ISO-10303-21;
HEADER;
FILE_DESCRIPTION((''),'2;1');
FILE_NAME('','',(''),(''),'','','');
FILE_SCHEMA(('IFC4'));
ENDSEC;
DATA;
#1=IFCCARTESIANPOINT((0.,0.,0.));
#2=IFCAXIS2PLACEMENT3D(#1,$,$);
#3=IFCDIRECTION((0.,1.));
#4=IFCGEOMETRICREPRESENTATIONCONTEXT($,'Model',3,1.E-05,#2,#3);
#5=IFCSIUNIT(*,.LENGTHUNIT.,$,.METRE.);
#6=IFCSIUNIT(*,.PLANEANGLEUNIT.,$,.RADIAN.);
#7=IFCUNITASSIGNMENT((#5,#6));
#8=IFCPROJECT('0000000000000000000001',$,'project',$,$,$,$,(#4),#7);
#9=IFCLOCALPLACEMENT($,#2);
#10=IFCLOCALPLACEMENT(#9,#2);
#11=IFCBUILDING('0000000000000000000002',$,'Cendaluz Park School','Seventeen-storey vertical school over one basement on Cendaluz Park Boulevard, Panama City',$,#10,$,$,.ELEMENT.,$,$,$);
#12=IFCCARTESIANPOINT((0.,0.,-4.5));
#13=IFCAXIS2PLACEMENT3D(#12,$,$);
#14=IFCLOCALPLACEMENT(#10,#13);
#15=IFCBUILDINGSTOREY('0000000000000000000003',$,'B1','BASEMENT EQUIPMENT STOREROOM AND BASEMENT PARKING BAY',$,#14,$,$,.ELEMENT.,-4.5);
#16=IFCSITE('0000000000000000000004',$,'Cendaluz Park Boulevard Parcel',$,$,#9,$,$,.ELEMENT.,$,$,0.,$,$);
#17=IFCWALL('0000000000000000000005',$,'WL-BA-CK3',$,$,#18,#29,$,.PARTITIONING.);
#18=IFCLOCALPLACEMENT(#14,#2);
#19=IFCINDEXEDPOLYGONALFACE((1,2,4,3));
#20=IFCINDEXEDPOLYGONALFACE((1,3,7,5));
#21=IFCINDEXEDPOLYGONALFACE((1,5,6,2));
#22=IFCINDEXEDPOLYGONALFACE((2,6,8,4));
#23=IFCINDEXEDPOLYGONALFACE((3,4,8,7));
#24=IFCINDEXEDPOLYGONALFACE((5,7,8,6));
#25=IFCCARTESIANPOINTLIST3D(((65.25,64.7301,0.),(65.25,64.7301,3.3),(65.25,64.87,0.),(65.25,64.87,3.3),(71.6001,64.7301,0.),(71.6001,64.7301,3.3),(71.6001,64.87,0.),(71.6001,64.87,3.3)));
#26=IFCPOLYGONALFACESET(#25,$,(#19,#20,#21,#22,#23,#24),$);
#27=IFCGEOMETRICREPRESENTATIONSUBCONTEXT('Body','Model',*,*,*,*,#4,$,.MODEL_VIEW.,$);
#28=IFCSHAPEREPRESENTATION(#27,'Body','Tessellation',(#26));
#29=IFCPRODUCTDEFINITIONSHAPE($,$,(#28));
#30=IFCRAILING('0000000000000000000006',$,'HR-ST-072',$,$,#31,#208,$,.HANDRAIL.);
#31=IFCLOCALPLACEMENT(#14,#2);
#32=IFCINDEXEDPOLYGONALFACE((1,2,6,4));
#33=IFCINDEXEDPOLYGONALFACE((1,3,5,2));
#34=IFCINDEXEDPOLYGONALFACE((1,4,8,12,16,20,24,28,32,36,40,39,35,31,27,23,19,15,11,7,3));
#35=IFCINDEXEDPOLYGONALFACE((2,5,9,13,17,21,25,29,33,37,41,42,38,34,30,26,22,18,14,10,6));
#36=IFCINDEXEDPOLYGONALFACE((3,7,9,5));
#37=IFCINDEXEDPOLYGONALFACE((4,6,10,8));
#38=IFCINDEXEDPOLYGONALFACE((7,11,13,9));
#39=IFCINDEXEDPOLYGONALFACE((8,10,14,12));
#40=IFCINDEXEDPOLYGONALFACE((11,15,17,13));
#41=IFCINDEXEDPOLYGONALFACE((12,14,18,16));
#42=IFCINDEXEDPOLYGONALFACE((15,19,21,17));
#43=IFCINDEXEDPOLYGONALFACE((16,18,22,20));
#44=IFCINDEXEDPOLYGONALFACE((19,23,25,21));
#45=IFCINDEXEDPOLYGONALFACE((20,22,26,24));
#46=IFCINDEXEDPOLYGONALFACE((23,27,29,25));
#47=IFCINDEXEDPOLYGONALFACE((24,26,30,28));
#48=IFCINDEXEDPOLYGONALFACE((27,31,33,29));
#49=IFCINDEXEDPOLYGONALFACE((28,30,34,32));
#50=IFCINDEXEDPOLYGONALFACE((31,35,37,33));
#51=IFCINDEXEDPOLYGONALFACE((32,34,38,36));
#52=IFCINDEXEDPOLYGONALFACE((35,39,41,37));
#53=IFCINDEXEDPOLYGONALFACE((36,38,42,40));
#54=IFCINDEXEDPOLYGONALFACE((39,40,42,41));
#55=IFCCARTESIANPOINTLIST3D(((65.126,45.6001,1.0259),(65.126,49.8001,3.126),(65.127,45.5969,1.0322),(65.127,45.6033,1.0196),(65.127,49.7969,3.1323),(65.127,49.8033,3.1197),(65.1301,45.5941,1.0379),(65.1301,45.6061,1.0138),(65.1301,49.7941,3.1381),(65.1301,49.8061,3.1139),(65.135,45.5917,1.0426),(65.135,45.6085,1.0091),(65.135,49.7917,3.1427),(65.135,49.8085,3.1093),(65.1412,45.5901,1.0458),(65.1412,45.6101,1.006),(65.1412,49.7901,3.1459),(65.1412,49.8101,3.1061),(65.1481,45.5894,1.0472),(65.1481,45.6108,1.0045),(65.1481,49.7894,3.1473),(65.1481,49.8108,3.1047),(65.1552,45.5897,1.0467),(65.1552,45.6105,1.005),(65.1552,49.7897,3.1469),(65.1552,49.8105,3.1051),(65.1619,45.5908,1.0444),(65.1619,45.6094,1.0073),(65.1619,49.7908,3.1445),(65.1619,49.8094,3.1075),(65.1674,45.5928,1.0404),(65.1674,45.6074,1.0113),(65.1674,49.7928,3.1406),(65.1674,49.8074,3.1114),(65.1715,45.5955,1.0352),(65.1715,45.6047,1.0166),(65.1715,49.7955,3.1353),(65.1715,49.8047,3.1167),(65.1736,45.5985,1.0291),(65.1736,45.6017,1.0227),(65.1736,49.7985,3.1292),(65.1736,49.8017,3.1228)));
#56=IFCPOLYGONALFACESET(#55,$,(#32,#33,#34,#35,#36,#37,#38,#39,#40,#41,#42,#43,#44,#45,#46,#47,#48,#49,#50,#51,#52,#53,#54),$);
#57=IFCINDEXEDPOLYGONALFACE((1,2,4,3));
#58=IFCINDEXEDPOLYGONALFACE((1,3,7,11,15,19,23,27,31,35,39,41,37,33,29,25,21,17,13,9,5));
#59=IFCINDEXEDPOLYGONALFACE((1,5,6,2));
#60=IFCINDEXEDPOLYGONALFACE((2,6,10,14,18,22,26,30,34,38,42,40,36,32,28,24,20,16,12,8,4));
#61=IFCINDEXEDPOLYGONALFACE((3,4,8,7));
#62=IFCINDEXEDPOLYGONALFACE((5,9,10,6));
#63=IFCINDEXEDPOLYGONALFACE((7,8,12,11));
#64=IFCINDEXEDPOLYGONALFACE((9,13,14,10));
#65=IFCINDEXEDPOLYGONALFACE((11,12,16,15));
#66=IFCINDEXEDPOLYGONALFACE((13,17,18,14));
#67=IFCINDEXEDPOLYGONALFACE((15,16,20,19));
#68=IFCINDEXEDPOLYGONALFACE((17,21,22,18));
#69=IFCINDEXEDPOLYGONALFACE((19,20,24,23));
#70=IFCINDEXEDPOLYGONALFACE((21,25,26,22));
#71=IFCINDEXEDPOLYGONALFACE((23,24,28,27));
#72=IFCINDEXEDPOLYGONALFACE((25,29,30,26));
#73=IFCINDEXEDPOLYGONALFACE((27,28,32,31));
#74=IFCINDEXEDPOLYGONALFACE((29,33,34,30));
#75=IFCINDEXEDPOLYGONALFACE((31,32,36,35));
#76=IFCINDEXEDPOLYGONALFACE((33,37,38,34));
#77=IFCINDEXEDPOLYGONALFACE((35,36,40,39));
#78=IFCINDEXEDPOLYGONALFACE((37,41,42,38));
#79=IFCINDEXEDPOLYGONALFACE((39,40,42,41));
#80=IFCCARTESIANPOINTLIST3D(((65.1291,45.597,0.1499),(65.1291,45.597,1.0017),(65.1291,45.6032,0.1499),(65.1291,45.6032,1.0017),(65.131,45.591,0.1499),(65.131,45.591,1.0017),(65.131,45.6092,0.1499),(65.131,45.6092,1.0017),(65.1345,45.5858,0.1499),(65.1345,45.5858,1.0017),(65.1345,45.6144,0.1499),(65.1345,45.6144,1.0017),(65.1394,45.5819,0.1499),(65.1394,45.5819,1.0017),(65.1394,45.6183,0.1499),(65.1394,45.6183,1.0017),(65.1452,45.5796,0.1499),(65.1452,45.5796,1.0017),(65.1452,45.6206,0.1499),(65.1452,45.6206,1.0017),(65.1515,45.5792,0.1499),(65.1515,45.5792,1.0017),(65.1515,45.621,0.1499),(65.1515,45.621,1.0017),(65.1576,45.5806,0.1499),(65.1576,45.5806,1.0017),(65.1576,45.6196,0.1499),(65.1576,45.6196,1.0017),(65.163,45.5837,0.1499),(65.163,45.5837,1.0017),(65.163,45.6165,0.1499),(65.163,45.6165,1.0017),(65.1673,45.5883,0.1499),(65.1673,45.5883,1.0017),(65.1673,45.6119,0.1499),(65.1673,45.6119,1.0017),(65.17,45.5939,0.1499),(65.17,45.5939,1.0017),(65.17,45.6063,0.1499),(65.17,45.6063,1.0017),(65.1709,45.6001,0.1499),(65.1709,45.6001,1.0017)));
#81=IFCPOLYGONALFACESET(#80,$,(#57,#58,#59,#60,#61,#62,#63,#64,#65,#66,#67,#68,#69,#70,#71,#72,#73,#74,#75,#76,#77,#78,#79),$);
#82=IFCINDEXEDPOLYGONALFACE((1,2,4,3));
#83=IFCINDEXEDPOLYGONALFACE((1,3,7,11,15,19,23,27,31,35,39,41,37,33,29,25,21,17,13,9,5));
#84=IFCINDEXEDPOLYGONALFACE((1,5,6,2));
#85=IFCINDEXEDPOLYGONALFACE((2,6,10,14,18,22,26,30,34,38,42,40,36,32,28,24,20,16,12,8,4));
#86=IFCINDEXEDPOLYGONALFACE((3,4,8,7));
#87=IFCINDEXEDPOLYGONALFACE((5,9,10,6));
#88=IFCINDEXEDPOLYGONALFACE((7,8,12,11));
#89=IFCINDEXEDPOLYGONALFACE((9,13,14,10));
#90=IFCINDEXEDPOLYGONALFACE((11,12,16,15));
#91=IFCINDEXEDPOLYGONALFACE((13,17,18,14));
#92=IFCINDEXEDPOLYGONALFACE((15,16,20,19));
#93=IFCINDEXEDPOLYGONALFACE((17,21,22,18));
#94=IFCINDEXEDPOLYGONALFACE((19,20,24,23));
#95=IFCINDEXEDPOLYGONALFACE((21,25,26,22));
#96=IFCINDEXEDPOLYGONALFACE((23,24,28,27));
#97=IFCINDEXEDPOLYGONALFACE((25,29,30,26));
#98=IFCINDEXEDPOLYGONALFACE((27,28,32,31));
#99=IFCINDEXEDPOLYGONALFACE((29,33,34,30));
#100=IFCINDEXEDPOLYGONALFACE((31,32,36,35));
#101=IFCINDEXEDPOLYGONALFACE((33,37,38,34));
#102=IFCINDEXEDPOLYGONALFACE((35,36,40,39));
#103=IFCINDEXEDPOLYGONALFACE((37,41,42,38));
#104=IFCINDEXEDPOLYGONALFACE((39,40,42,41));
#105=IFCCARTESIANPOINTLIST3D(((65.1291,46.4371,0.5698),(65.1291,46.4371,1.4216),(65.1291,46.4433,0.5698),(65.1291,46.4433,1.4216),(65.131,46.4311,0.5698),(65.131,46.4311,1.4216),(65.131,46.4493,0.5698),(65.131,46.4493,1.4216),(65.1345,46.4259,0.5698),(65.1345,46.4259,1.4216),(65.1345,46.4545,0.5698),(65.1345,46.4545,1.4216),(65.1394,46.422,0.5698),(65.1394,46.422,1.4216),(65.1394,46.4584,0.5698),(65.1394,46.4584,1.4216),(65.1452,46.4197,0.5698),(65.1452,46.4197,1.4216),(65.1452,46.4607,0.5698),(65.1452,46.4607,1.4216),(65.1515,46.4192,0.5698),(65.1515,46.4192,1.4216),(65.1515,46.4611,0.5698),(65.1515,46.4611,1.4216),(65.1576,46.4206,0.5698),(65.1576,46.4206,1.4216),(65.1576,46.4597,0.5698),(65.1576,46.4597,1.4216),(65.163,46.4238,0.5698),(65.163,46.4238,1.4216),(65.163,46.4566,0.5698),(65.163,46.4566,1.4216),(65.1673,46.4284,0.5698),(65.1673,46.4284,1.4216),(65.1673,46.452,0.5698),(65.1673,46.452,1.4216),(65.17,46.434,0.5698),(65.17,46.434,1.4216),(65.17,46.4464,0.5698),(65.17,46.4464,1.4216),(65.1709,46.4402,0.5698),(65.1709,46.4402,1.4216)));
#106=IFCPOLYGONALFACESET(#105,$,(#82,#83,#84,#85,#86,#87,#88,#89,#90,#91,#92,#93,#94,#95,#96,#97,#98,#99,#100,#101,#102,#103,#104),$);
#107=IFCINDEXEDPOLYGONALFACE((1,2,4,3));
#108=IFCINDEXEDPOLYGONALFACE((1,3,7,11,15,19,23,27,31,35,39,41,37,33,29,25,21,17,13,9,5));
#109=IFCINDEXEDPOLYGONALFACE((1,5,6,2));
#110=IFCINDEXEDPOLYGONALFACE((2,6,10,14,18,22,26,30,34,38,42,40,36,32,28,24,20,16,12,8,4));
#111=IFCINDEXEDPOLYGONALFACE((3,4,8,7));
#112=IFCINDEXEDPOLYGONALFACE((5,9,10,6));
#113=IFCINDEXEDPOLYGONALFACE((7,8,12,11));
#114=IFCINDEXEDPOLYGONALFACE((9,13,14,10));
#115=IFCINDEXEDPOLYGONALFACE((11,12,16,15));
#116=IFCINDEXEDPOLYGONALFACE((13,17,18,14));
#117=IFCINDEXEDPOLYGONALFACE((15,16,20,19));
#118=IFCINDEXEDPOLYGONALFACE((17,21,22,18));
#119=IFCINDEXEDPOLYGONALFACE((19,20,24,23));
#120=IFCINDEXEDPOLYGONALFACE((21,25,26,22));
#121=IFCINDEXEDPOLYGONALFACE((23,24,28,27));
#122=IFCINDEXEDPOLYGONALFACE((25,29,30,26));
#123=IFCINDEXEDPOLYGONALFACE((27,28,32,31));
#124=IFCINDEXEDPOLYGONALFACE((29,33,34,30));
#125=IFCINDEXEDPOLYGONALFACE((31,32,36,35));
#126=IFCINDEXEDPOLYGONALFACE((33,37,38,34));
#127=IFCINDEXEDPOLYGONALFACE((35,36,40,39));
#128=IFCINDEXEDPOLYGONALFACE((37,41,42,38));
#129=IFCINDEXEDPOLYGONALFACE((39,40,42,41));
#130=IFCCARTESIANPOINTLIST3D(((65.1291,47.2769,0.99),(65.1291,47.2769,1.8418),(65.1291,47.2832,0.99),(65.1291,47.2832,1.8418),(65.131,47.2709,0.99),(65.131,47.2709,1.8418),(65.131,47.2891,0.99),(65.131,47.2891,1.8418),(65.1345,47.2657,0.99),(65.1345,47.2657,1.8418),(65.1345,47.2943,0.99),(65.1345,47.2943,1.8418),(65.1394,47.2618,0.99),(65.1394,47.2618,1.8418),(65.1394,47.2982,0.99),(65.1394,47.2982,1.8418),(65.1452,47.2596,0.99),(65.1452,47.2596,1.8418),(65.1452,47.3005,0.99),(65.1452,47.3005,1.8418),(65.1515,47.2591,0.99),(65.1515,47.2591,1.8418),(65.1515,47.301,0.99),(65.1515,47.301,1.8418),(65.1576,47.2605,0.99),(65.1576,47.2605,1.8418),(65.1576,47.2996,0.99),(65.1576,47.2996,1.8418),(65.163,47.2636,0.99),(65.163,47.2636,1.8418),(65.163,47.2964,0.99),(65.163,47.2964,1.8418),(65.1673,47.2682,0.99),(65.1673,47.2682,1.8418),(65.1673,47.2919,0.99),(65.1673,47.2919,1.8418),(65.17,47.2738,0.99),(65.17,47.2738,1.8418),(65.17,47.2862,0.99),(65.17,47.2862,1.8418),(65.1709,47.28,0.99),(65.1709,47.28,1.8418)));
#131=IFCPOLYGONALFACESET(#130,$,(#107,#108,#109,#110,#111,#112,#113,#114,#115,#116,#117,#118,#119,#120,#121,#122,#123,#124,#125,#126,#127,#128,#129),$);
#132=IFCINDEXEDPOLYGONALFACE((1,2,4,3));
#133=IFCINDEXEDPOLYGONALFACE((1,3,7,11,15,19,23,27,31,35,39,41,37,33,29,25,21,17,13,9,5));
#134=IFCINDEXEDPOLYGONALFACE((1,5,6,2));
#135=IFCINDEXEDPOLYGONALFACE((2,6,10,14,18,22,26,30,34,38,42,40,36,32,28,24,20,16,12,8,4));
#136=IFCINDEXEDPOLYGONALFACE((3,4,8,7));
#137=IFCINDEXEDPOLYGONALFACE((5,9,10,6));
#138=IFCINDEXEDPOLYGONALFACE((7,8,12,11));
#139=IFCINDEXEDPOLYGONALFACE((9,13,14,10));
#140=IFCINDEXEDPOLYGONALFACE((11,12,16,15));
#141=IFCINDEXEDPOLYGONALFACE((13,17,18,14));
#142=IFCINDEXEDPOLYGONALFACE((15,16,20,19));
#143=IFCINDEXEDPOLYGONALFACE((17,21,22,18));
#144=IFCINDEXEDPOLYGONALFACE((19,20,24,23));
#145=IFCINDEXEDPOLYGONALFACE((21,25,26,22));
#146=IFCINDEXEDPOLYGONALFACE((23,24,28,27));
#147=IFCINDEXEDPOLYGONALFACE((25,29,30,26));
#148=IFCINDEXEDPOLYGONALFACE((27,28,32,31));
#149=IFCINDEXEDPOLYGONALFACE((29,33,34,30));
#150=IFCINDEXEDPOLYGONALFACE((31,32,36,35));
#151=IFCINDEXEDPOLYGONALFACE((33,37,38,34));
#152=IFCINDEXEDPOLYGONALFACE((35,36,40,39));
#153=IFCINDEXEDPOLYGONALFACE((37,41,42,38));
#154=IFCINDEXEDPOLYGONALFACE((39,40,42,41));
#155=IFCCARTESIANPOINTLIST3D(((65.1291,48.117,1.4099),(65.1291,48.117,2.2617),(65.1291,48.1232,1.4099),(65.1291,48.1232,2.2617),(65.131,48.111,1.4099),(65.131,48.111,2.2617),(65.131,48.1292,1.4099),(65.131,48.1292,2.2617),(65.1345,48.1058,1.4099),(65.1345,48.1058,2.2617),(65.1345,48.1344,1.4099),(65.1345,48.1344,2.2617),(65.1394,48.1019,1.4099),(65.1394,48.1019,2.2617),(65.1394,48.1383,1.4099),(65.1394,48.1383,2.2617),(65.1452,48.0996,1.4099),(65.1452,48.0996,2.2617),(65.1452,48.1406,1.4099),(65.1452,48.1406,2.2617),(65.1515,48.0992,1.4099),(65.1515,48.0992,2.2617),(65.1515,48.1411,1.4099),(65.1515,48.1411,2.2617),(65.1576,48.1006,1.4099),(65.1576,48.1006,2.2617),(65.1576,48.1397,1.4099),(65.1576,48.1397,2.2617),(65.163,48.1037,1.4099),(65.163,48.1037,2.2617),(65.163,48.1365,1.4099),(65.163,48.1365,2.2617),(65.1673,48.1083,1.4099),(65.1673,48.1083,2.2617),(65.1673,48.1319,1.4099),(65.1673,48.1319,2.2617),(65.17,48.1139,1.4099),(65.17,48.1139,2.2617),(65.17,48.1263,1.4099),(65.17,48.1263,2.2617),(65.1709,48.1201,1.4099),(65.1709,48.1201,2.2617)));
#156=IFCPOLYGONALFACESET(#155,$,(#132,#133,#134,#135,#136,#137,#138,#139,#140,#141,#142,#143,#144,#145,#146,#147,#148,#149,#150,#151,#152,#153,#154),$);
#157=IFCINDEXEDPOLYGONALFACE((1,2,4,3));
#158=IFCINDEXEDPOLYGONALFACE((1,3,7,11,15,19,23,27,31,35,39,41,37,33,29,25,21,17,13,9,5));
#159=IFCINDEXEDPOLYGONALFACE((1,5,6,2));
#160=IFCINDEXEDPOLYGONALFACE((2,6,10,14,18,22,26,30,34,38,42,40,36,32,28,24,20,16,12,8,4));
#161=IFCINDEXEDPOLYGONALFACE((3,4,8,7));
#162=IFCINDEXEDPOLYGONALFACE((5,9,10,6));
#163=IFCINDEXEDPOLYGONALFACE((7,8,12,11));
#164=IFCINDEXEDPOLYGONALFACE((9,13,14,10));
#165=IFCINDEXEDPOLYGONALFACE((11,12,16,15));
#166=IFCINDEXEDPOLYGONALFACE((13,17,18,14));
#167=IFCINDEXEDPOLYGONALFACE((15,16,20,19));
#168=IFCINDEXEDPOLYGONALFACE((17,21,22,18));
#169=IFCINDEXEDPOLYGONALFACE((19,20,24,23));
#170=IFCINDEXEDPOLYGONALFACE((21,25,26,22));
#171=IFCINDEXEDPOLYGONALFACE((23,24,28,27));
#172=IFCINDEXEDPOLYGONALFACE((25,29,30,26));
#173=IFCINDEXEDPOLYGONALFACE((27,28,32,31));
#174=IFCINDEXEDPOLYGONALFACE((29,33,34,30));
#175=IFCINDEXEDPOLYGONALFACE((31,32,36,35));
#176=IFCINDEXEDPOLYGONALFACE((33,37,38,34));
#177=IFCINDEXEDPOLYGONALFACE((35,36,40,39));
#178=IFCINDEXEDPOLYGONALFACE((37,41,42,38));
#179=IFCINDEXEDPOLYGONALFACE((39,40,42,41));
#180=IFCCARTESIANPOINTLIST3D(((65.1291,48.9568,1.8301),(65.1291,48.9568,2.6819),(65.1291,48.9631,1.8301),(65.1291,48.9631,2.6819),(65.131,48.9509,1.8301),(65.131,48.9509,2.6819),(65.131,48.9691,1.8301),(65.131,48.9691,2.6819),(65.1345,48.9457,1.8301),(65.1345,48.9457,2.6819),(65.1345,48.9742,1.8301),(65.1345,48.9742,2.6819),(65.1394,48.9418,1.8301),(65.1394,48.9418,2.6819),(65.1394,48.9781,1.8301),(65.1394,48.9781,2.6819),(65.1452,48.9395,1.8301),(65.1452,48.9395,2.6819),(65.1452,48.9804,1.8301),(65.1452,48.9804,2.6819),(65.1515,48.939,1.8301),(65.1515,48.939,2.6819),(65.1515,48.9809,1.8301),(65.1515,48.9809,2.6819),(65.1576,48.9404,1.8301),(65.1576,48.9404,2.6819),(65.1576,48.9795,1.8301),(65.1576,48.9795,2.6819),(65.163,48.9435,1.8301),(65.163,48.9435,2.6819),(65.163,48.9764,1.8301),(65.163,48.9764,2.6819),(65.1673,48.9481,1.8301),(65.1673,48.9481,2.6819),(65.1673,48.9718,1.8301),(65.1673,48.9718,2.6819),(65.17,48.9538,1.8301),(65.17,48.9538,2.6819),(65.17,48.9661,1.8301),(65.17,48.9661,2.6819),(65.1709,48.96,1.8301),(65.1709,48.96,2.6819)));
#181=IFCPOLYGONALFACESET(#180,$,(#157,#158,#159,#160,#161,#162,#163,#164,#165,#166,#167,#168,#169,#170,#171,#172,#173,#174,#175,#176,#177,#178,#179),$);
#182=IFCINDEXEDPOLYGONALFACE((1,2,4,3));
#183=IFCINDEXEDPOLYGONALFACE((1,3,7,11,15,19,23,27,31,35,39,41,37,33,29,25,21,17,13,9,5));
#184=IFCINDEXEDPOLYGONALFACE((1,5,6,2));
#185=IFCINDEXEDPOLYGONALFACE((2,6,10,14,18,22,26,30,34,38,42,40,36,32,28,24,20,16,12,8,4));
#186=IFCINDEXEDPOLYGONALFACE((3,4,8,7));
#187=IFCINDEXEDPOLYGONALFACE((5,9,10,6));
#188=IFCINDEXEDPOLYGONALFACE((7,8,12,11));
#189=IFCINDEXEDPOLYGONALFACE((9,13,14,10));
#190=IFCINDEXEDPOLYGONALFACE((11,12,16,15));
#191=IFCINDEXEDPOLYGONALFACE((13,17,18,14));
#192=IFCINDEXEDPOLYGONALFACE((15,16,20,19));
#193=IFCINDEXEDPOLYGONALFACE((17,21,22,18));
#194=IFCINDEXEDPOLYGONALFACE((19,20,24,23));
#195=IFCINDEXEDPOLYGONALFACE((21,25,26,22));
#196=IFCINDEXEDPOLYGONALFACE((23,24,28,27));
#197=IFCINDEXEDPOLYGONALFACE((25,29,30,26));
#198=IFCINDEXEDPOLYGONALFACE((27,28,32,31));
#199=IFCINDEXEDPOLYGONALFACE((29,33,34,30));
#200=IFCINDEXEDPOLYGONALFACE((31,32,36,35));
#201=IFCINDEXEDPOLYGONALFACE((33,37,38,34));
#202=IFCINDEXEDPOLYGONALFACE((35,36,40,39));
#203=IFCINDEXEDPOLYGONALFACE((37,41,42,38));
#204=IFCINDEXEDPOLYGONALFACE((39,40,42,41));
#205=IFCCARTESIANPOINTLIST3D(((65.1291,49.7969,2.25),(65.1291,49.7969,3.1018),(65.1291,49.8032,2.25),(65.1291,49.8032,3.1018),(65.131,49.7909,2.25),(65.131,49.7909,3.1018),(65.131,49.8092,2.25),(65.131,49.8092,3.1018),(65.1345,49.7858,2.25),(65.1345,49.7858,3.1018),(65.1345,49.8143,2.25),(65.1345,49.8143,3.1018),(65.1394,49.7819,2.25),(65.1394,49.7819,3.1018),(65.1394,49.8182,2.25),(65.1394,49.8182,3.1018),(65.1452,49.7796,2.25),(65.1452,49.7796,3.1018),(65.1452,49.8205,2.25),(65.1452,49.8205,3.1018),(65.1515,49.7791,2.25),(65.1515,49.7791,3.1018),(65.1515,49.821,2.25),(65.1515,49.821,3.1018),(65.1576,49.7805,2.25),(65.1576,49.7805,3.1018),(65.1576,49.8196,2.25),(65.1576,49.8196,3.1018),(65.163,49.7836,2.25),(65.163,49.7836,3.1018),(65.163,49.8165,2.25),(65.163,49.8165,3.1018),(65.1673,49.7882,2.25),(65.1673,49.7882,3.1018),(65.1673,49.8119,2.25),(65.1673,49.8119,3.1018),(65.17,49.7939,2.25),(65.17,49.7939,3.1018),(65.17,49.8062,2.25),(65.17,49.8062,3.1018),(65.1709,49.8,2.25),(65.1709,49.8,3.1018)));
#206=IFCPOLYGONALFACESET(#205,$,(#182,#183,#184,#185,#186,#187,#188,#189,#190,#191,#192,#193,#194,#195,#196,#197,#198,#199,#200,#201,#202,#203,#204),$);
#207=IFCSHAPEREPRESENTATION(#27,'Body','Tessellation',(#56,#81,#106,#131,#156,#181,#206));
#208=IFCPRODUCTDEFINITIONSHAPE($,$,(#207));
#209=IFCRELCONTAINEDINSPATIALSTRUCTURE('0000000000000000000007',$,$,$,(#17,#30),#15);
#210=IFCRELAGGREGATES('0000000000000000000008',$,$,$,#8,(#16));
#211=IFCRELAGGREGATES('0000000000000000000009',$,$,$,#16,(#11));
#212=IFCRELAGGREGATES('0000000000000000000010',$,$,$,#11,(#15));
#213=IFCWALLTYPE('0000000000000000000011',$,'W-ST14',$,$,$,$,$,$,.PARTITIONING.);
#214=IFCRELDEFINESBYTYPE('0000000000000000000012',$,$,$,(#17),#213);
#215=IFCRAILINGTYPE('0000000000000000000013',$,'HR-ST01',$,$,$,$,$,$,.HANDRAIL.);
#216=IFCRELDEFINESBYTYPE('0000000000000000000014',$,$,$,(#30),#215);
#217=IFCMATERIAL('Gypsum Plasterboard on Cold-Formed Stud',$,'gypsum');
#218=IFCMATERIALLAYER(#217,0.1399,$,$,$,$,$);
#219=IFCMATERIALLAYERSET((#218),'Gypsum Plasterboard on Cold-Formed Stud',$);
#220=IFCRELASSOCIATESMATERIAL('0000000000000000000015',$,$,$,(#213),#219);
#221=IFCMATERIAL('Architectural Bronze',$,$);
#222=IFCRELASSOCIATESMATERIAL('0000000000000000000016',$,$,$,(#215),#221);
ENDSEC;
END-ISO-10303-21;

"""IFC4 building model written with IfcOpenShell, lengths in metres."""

from ifc_helpers import new_model, si_unit, direction, frame, frame_2d, origin, origin_2d, place, context, subcontext, project, spatial, rectangle, circle, extrude, material, layer, layer_set, type_object, element, save


model = new_model("IFC4")

# Units and contexts
model_context = context("Model", 3, precision=1e-05, world=origin(), true_north=direction((0.0, 1.0)))
body_context = subcontext(model_context, "Body", "Model", "MODEL_VIEW")
ifc_project = project(units=[si_unit("LENGTHUNIT", "METRE"), si_unit("PLANEANGLEUNIT", "RADIAN")], contexts=[model_context])

# Site, building, storey
site_placement = place(None, origin())
site = spatial("IfcSite", under=ifc_project, at=site_placement, Name="Cendaluz Park Boulevard Parcel", CompositionType="ELEMENT", RefElevation=0.0)
building_placement = place(site_placement, origin())
building = spatial("IfcBuilding", under=site, at=building_placement, Name="Cendaluz Park School", Description="Seventeen-storey vertical school over one basement on Cendaluz Park Boulevard, Panama City", CompositionType="ELEMENT")
storey_placement = place(building_placement, frame((0.0, 0.0, -4.5)))
storey = spatial("IfcBuildingStorey", under=building, at=storey_placement, Name="B1", Description="BASEMENT EQUIPMENT STOREROOM AND BASEMENT PARKING BAY", CompositionType="ELEMENT", Elevation=-4.5)

# Wall
ifc_material_1 = material(Name="Gypsum Plasterboard on Cold-Formed Stud", Category="gypsum")
ifc_layer_1 = layer(ifc_material_1, 0.1399)
ifc_layer_set_1 = layer_set([ifc_layer_1], Name="Gypsum Plasterboard on Cold-Formed Stud")
wall_type_1 = type_object("IfcWallType", Name="W-ST14", PredefinedType="PARTITIONING", material=ifc_layer_set_1)
wall_1_placement = place(storey_placement, frame((65.25, 64.8, 0.0), z_axis=(0.0, 0.0, 1.0), x_axis=(1.0, 0.0, 0.0)))
element("IfcWall", 1, at=wall_1_placement, inside=storey, type_object=wall_type_1, Name="WL-BA-CK3", PredefinedType="PARTITIONING", context=body_context, shape_type="SweptSolid", body=[
    extrude(rectangle(XDim=6.3501, YDim=0.1399, at=frame_2d((3.175, 0.0))), origin(), (0.0, 0.0, 1.0), 3.3),
])

# Railing
ifc_material_2 = material(Name="Architectural Bronze")
railing_type = type_object("IfcRailingType", Name="HR-ST01", PredefinedType="HANDRAIL", material=ifc_material_2)
railing_placement = place(storey_placement, frame((65.1499, 45.6001, 0.1499)))
element("IfcRailing", 2, at=railing_placement, inside=storey, type_object=railing_type, Name="HR-ST-072", PredefinedType="HANDRAIL", context=body_context, shape_type="SweptSolid", body=[
    extrude(circle(Radius=0.0239, at=origin_2d()), frame((0.0, 0.0, 0.876), z_axis=(0.0, 0.894417, 0.447234), x_axis=(-1.0, 0.0, 0.0)), (0.0, 0.0, 1.0), 4.6958),
    extrude(circle(Radius=0.021, at=origin_2d()), origin(), (0.0, 0.0, 1.0), 0.8518),
    extrude(circle(Radius=0.021, at=origin_2d()), frame((0.0, 0.8401, 0.4199)), (0.0, 0.0, 1.0), 0.8518),
    extrude(circle(Radius=0.021, at=origin_2d()), frame((0.0, 1.6799, 0.8401)), (0.0, 0.0, 1.0), 0.8518),
    extrude(circle(Radius=0.021, at=origin_2d()), frame((0.0, 2.52, 1.26)), (0.0, 0.0, 1.0), 0.8518),
    extrude(circle(Radius=0.021, at=origin_2d()), frame((0.0, 3.3599, 1.6802)), (0.0, 0.0, 1.0), 0.8518),
    extrude(circle(Radius=0.021, at=origin_2d()), frame((0.0, 4.2, 2.1001)), (0.0, 0.0, 1.0), 0.8518),
])

save(model, "model.ifc")
